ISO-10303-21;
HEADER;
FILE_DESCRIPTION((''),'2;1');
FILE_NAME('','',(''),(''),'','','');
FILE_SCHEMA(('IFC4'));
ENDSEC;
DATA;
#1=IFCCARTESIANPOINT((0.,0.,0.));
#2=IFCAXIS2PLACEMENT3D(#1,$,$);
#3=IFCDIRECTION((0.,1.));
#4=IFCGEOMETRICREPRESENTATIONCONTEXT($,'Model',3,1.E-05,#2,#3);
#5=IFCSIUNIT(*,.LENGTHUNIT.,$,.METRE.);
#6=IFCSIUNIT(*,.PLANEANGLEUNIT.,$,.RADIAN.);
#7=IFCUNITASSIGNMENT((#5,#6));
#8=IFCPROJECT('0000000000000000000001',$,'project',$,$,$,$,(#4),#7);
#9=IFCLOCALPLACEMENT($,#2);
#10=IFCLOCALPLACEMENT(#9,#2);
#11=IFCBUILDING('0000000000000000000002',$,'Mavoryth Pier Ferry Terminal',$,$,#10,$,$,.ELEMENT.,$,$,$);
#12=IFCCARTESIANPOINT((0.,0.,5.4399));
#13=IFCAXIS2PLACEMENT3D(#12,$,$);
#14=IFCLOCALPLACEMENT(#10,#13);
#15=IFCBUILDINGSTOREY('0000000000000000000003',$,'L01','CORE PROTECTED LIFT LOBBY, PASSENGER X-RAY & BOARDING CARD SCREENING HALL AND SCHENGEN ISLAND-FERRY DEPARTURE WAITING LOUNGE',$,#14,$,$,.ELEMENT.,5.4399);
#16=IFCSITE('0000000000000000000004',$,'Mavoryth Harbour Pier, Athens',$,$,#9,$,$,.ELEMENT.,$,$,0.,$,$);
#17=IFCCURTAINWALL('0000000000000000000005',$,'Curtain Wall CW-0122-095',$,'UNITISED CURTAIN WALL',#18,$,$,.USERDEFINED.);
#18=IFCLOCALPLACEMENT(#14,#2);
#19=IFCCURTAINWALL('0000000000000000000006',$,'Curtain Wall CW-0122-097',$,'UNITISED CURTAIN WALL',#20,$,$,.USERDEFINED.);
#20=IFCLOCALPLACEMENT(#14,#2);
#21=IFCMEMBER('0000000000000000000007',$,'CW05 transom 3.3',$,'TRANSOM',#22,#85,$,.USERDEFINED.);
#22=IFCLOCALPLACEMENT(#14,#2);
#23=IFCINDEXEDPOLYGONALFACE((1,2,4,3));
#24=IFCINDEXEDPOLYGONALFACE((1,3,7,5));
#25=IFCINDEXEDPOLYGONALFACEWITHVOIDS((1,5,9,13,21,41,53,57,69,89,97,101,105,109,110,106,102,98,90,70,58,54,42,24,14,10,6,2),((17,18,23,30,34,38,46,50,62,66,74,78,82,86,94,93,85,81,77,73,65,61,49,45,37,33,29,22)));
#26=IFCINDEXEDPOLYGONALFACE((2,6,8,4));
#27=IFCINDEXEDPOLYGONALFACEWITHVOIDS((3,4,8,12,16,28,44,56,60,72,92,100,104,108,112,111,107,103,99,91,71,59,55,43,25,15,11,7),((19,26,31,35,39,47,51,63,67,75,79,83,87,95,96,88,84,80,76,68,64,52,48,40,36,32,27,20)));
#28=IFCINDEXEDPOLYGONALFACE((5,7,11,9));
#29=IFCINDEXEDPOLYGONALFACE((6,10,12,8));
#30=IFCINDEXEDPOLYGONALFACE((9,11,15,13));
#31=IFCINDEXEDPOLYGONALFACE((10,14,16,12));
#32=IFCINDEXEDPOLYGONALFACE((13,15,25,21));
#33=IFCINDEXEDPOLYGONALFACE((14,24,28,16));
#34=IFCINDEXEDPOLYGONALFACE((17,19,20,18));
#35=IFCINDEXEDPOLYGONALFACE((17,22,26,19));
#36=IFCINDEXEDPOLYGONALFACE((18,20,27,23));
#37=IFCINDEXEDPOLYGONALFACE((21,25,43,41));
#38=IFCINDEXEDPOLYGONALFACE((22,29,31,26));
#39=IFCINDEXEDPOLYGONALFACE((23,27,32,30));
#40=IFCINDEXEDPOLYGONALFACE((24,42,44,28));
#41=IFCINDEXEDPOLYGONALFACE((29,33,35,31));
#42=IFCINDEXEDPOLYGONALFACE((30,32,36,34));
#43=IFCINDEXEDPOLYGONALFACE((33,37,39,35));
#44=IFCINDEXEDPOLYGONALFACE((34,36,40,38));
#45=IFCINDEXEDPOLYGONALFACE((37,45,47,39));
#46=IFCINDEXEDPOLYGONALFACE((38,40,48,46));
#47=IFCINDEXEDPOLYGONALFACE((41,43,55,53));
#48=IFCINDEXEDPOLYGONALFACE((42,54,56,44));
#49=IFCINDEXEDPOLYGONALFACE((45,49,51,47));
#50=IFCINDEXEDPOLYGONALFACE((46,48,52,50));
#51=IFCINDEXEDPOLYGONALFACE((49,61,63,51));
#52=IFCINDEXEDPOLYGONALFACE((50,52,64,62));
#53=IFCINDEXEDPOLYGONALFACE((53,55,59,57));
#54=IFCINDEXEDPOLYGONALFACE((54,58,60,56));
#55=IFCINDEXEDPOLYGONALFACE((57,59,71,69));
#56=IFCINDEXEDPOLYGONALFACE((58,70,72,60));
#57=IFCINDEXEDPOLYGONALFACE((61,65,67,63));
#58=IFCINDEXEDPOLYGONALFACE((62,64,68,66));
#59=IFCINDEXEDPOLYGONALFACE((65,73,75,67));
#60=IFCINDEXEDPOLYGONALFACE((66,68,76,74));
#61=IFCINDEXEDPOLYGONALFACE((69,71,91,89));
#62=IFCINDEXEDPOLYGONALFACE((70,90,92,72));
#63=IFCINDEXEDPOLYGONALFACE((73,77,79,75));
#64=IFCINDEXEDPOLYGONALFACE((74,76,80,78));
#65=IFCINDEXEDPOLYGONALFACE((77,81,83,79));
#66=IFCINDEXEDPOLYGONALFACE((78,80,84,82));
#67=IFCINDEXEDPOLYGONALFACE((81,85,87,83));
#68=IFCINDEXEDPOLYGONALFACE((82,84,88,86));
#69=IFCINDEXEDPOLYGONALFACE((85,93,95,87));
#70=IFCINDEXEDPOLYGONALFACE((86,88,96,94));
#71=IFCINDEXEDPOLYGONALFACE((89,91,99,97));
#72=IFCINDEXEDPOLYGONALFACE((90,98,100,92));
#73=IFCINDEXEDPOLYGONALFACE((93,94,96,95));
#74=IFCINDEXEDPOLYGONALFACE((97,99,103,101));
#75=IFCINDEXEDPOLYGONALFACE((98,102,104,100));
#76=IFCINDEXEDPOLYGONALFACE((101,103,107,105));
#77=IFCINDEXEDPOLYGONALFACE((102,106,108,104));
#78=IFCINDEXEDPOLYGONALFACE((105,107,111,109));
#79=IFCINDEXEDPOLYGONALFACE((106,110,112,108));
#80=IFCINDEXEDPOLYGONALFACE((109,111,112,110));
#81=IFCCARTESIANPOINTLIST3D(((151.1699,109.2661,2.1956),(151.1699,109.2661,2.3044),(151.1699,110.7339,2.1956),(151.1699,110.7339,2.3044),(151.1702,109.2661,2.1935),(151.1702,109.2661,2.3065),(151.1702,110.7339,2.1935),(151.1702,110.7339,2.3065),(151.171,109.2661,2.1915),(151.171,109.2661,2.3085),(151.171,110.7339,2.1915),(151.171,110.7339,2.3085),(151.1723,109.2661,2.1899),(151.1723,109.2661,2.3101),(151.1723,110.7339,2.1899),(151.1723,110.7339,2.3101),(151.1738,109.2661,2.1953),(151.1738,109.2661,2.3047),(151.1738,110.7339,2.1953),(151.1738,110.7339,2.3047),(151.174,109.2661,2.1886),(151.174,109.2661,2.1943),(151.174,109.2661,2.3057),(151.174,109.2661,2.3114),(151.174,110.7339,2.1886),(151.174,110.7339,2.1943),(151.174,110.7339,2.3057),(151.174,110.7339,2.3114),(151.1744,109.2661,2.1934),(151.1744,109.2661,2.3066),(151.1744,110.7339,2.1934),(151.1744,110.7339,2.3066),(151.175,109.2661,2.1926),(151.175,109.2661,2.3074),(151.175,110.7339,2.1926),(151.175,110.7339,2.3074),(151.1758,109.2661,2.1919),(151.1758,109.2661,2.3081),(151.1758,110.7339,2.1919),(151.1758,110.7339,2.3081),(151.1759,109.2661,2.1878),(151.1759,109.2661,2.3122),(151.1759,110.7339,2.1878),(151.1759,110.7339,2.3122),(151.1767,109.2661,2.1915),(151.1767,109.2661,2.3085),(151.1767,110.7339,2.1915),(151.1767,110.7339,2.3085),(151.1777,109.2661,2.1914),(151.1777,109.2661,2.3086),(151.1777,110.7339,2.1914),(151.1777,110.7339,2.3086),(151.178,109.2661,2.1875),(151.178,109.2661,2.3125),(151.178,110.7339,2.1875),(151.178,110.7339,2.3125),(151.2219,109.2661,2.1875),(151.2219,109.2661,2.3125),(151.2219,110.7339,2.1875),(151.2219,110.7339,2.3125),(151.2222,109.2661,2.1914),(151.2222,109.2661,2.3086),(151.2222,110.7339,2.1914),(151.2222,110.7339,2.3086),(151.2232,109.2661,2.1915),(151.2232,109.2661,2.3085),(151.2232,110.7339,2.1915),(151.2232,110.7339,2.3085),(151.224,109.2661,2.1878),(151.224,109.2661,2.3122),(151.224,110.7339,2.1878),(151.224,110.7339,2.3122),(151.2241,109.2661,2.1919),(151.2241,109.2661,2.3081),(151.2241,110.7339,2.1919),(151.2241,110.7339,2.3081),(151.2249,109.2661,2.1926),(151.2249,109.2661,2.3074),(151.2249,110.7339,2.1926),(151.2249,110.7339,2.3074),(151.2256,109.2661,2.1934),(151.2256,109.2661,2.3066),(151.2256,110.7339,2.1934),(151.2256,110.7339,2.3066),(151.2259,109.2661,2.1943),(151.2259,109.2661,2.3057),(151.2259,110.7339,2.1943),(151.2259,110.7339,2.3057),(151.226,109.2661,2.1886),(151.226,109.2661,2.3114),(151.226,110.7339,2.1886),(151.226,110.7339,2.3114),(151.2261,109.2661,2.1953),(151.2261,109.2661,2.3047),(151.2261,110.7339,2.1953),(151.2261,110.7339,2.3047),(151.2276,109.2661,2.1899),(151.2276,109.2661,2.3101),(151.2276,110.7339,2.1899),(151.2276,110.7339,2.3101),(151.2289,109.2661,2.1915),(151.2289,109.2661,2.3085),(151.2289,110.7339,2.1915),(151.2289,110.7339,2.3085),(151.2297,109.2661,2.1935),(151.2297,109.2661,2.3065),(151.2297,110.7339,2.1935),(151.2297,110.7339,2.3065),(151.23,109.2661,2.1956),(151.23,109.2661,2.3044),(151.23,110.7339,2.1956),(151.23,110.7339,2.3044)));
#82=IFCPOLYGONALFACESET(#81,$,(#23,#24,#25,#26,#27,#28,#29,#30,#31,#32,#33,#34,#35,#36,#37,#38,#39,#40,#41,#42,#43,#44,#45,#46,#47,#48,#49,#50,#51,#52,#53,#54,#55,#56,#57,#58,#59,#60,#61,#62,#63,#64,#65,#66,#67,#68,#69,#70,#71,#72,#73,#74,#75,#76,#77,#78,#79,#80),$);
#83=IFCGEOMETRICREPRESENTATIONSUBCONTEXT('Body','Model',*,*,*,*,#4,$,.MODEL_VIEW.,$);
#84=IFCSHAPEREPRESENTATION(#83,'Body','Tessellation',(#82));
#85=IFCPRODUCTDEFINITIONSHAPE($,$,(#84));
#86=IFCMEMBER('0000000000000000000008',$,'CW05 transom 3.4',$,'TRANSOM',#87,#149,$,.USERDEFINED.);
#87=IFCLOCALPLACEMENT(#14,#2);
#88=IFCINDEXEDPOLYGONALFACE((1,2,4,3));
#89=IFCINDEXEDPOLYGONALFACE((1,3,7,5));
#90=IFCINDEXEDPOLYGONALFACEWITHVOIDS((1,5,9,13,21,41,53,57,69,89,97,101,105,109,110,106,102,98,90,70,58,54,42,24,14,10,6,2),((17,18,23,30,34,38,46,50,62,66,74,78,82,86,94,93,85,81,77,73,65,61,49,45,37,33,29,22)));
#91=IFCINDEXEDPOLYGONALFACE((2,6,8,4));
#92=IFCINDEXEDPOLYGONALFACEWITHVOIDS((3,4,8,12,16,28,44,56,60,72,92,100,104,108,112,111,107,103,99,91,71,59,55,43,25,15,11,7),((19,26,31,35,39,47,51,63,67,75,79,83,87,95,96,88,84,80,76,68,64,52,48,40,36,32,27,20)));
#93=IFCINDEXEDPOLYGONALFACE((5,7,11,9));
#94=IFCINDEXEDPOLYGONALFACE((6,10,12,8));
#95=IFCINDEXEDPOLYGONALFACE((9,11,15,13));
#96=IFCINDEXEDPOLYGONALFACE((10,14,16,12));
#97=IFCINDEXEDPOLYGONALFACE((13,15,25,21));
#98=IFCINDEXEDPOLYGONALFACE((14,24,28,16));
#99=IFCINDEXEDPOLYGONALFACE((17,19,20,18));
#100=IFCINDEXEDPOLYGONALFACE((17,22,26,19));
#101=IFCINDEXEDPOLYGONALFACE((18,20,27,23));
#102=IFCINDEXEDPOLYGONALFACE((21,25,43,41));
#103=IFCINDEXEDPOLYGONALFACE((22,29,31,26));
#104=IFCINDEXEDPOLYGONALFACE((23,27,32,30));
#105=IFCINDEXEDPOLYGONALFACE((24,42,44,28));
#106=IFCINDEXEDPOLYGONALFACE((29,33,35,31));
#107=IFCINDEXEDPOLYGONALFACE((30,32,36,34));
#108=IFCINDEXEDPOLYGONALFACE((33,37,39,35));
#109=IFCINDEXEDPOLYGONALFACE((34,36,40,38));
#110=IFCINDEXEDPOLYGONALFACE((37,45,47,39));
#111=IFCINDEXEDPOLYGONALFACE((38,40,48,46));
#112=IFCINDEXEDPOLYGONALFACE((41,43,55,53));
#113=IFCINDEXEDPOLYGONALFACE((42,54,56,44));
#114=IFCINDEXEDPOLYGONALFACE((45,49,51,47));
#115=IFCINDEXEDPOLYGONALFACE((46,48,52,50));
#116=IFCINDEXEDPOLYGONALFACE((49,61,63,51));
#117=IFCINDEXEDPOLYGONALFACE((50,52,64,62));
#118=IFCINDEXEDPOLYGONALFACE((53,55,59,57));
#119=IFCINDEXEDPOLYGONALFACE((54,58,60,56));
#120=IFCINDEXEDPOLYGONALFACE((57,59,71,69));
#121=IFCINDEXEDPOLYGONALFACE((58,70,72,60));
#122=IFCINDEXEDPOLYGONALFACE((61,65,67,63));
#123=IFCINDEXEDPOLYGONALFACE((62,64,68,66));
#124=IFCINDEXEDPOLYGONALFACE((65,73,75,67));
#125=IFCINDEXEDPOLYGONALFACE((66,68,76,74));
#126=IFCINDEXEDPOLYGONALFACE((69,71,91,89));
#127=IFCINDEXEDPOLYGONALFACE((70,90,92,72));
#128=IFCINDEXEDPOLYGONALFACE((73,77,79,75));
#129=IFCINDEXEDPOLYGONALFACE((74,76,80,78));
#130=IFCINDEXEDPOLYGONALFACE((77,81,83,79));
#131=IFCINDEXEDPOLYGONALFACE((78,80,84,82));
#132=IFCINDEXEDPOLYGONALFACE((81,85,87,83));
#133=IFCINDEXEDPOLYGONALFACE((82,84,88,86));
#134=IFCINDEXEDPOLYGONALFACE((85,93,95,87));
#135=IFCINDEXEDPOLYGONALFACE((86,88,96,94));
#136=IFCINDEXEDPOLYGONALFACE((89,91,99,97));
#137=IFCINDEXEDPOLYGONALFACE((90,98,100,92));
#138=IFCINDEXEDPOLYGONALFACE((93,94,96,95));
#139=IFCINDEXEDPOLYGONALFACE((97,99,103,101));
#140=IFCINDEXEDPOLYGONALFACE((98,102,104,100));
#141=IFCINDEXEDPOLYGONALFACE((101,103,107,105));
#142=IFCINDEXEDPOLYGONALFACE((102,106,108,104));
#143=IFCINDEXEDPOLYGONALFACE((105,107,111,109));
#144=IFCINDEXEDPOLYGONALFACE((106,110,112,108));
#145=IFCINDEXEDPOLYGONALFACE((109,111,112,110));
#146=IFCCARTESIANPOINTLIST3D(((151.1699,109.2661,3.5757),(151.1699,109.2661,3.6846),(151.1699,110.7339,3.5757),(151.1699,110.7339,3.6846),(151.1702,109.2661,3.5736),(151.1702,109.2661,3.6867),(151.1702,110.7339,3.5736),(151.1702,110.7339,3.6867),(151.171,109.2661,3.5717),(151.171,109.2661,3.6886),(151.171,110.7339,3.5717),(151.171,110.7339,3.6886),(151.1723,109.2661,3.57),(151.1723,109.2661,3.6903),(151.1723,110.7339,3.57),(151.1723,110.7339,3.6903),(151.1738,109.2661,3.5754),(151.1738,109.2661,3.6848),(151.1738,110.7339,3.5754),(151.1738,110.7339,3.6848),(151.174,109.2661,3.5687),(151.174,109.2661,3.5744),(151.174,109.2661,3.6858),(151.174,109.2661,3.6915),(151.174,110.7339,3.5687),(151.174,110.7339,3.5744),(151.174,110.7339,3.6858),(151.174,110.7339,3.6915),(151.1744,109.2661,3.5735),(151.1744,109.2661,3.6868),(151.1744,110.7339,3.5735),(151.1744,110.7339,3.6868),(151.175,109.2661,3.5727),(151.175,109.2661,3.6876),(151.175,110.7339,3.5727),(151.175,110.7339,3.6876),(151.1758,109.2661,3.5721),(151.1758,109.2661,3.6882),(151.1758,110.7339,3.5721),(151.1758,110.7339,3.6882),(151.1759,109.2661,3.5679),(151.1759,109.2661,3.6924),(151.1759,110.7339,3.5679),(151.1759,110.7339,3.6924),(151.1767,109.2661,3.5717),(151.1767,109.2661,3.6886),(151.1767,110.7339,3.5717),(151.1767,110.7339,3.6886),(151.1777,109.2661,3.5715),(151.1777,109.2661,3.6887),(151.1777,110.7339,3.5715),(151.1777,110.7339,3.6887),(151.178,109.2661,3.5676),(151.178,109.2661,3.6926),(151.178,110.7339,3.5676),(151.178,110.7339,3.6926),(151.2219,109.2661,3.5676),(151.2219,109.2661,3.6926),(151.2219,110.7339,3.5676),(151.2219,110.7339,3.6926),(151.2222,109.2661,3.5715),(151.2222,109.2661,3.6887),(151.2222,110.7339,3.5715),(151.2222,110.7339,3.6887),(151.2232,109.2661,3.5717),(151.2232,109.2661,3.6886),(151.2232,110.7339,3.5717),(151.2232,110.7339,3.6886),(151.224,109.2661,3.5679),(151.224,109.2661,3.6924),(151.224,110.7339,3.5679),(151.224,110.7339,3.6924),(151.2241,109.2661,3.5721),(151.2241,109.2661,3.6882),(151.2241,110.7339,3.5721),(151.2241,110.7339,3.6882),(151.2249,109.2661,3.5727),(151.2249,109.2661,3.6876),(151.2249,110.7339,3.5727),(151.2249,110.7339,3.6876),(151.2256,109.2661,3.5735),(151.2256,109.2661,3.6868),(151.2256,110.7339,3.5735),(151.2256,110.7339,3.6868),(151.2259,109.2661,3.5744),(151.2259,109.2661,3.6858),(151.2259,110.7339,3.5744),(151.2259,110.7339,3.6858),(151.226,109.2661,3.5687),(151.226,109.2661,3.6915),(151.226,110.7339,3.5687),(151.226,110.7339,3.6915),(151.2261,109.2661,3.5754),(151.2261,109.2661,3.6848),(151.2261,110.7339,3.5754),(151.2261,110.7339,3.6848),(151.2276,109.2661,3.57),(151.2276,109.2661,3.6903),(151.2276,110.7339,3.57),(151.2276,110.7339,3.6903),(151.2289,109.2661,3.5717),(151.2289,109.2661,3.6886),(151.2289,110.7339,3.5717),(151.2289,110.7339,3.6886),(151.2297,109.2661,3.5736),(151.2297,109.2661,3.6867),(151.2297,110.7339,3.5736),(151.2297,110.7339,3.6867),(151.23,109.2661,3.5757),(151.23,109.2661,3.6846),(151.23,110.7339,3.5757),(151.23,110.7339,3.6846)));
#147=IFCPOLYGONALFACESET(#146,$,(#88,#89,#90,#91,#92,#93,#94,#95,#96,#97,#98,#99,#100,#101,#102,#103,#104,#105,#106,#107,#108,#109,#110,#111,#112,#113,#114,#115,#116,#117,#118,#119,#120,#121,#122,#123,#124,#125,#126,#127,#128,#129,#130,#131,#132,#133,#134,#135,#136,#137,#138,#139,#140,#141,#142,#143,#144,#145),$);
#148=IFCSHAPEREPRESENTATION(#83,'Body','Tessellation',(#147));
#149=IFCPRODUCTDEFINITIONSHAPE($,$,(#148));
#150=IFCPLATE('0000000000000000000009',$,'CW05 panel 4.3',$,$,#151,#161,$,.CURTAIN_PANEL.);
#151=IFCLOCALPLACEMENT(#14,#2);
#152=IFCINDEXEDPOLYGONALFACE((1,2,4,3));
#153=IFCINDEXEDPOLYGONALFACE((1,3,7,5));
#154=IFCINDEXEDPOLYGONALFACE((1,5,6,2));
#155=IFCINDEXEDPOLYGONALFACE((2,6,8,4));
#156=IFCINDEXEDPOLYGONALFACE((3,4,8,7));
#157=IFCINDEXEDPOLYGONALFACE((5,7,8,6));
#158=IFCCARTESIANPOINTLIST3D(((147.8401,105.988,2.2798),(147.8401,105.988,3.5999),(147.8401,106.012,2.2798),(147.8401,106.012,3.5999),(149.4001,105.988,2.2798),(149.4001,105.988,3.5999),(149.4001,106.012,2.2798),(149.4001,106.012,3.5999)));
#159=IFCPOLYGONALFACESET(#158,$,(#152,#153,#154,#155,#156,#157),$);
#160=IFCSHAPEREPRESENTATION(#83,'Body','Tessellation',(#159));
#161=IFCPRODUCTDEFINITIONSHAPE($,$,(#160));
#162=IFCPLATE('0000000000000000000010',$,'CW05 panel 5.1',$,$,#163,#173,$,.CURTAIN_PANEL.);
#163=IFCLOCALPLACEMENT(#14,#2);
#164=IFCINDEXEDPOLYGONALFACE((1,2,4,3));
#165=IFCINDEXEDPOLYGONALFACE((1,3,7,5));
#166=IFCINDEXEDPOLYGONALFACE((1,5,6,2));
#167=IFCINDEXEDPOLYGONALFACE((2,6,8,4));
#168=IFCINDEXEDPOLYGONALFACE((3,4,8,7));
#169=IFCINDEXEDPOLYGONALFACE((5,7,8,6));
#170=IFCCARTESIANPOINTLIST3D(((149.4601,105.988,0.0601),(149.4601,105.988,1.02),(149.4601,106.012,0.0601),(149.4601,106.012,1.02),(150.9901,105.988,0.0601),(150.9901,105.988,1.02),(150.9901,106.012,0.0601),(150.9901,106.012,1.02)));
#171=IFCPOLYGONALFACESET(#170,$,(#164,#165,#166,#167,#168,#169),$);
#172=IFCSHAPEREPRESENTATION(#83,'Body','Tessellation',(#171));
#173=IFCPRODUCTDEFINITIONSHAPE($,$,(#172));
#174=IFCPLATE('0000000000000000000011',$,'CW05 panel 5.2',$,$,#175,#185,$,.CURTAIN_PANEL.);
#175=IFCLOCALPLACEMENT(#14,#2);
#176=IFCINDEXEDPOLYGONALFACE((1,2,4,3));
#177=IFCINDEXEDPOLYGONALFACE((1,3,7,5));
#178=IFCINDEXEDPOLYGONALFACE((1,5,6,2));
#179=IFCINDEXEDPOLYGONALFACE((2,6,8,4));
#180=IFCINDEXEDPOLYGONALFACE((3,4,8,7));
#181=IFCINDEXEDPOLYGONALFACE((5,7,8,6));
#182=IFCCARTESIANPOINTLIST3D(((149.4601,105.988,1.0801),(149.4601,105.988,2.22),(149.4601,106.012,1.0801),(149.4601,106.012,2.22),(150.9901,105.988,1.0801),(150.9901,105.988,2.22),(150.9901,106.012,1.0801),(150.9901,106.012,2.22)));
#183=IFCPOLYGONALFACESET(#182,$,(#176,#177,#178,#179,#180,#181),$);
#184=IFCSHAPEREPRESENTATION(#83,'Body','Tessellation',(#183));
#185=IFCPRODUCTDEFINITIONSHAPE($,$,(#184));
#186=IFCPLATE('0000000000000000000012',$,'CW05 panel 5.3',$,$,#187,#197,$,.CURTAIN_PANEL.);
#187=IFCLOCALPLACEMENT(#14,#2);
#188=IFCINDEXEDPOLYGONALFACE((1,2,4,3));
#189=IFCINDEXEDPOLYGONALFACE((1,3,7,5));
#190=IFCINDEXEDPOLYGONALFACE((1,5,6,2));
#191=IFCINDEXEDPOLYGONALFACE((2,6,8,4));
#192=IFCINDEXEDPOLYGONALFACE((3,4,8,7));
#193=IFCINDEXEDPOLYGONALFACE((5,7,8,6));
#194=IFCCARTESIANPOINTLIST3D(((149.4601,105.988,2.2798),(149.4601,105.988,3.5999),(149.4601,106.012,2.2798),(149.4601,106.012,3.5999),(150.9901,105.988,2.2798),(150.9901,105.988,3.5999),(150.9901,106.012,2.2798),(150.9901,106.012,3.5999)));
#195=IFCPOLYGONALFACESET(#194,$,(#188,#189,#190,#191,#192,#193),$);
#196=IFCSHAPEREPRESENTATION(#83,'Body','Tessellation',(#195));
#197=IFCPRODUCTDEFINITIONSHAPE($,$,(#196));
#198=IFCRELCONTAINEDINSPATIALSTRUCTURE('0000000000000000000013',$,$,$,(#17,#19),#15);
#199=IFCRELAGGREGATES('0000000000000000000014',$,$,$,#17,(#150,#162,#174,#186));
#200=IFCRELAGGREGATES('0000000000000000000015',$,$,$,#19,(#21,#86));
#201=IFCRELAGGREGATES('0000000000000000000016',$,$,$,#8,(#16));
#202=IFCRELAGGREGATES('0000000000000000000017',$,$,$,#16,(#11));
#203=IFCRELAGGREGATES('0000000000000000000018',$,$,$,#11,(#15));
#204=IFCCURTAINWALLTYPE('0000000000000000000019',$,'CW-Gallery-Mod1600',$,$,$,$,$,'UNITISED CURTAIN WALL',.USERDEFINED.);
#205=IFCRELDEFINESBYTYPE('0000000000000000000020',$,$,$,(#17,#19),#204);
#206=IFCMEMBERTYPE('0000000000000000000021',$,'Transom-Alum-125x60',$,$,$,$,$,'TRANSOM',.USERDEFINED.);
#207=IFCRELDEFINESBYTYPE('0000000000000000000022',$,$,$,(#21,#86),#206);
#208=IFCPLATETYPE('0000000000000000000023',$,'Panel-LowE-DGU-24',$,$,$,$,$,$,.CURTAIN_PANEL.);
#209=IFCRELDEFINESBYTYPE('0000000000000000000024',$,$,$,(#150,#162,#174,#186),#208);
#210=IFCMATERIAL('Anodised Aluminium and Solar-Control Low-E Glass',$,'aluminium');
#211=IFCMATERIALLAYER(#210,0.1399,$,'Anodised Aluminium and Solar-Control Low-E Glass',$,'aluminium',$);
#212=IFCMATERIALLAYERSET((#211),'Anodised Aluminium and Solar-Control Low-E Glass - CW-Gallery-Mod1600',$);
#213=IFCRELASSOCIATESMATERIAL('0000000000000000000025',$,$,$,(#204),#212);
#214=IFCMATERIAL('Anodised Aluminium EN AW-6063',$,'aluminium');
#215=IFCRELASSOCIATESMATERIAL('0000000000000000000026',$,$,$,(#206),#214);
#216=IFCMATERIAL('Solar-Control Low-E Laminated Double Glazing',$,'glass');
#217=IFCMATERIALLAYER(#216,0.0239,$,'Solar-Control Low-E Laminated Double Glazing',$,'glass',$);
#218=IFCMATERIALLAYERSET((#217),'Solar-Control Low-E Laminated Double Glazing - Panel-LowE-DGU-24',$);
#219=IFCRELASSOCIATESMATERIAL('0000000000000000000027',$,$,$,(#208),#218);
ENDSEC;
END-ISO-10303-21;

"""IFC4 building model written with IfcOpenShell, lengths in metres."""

from ifc_helpers import new_model, si_unit, direction, frame, origin, origin_2d, place, context, subcontext, project, spatial, rectangle, hollow_rectangle, extrude, material, layer, layer_set, material_profile, profile_set, type_object, element, aggregate, save


model = new_model("IFC4")

# Units and contexts
model_context = context("Model", 3, precision=1e-05, world=origin(), true_north=direction((0.0, 1.0)))
body_context = subcontext(model_context, "Body", "Model", "MODEL_VIEW")
ifc_project = project(units=[si_unit("LENGTHUNIT", "METRE"), si_unit("PLANEANGLEUNIT", "RADIAN")], contexts=[model_context])

# Site, building, storey
site_placement = place(None, origin())
site = spatial("IfcSite", under=ifc_project, at=site_placement, Name="Mavoryth Harbour Pier, Athens", CompositionType="ELEMENT", RefElevation=0.0)
building_placement = place(site_placement, origin())
building = spatial("IfcBuilding", under=site, at=building_placement, Name="Mavoryth Pier Ferry Terminal", CompositionType="ELEMENT")
storey_placement = place(building_placement, frame((0.0, 0.0, 5.4399)))
storey = spatial("IfcBuildingStorey", under=building, at=storey_placement, Name="L01", Description="CORE PROTECTED LIFT LOBBY, PASSENGER X-RAY & BOARDING CARD SCREENING HALL AND SCHENGEN ISLAND-FERRY DEPARTURE WAITING LOUNGE", CompositionType="ELEMENT", Elevation=5.4399)

# Curtain walls
ifc_material_1 = material(Name="Anodised Aluminium and Solar-Control Low-E Glass", Category="aluminium")
ifc_layer_1 = layer(ifc_material_1, 0.1399, Name="Anodised Aluminium and Solar-Control Low-E Glass", Category="aluminium")
ifc_layer_set_1 = layer_set([ifc_layer_1], Name="Anodised Aluminium and Solar-Control Low-E Glass - CW-Gallery-Mod1600")
curtain_wall_type = type_object("IfcCurtainWallType", Name="CW-Gallery-Mod1600", ElementType="UNITISED CURTAIN WALL", PredefinedType="USERDEFINED", material=ifc_layer_set_1)
curtain_wall_1_placement = place(storey_placement, origin())
curtain_wall_1 = element("IfcCurtainWall", 1, at=curtain_wall_1_placement, inside=storey, type_object=curtain_wall_type, Name="Curtain Wall CW-0122-095", ObjectType="UNITISED CURTAIN WALL", PredefinedType="USERDEFINED")
ifc_material_2 = material(Name="Anodised Aluminium EN AW-6063", Category="aluminium")
curtain_wall_2_placement = place(storey_placement, origin())
curtain_wall_2 = element("IfcCurtainWall", 2, at=curtain_wall_2_placement, inside=storey, type_object=curtain_wall_type, Name="Curtain Wall CW-0122-097", ObjectType="UNITISED CURTAIN WALL", PredefinedType="USERDEFINED")

# Members
ifc_material_profile_1 = material_profile(ifc_material_2, hollow_rectangle(XDim=0.0601, YDim=0.125, WallThickness=0.0039, InnerFilletRadius=0.0039, OuterFilletRadius=0.0081, at=origin_2d()), Name="AL-TRAN 125x60x4", Category="aluminium")
ifc_profile_set_1 = profile_set([ifc_material_profile_1], Name="Anodised Aluminium EN AW-6063 - AL-TRAN 125x60x4")
member_type_1 = type_object("IfcMemberType", Name="Transom-Alum-125x60", ElementType="TRANSOM", PredefinedType="USERDEFINED", material=ifc_profile_set_1)
member_1_placement = place(storey_placement, frame((151.2, 109.2661, 2.25), z_axis=(0.0, 1.0, 0.0), x_axis=(-1.0, 0.0, 0.0)))
member_1 = element("IfcMember", 3, at=member_1_placement, type_object=member_type_1, Name="CW05 transom 3.3", ObjectType="TRANSOM", PredefinedType="USERDEFINED", context=body_context, shape_type="SweptSolid", body=[
    extrude(hollow_rectangle(XDim=0.0601, YDim=0.125, WallThickness=0.0039, InnerFilletRadius=0.0039, OuterFilletRadius=0.0081, at=origin_2d()), origin(), (0.0, 0.0, 1.0), 1.4678),
])
member_2_placement = place(storey_placement, frame((151.2, 109.2661, 3.6301), z_axis=(0.0, 1.0, 0.0), x_axis=(-1.0, 0.0, 0.0)))
member_2 = element("IfcMember", 4, at=member_2_placement, type_object=member_type_1, Name="CW05 transom 3.4", ObjectType="TRANSOM", PredefinedType="USERDEFINED", context=body_context, shape_type="SweptSolid", body=[
    extrude(hollow_rectangle(XDim=0.0601, YDim=0.125, WallThickness=0.0039, InnerFilletRadius=0.0039, OuterFilletRadius=0.0081, at=origin_2d()), origin(), (0.0, 0.0, 1.0), 1.4678),
])

# Plates
ifc_material_3 = material(Name="Solar-Control Low-E Laminated Double Glazing", Category="glass")
ifc_layer_2 = layer(ifc_material_3, 0.0239, Name="Solar-Control Low-E Laminated Double Glazing", Category="glass")
ifc_layer_set_2 = layer_set([ifc_layer_2], Name="Solar-Control Low-E Laminated Double Glazing - Panel-LowE-DGU-24")
plate_type_1 = type_object("IfcPlateType", Name="Panel-LowE-DGU-24", PredefinedType="CURTAIN_PANEL", material=ifc_layer_set_2)
plate_1_placement = place(storey_placement, frame((148.6201, 106.0, 2.2798), z_axis=(0.0, 0.0, 1.0), x_axis=(1.0, 0.0, 0.0)))
plate_1 = element("IfcPlate", 5, at=plate_1_placement, type_object=plate_type_1, Name="CW05 panel 4.3", PredefinedType="CURTAIN_PANEL", context=body_context, shape_type="SweptSolid", body=[
    extrude(rectangle(XDim=1.5601, YDim=0.0239, at=origin_2d()), origin(), (0.0, 0.0, 1.0), 1.3201),
])
plate_2_placement = place(storey_placement, frame((150.2251, 106.0, 0.0601), z_axis=(0.0, 0.0, 1.0), x_axis=(1.0, 0.0, 0.0)))
plate_2 = element("IfcPlate", 6, at=plate_2_placement, type_object=plate_type_1, Name="CW05 panel 5.1", PredefinedType="CURTAIN_PANEL", context=body_context, shape_type="SweptSolid", body=[
    extrude(rectangle(XDim=1.53, YDim=0.0239, at=origin_2d()), origin(), (0.0, 0.0, 1.0), 0.96),
])
plate_3_placement = place(storey_placement, frame((150.2251, 106.0, 1.0801), z_axis=(0.0, 0.0, 1.0), x_axis=(1.0, 0.0, 0.0)))
plate_3 = element("IfcPlate", 7, at=plate_3_placement, type_object=plate_type_1, Name="CW05 panel 5.2", PredefinedType="CURTAIN_PANEL", context=body_context, shape_type="SweptSolid", body=[
    extrude(rectangle(XDim=1.53, YDim=0.0239, at=origin_2d()), origin(), (0.0, 0.0, 1.0), 1.1399),
])
plate_4_placement = place(storey_placement, frame((150.2251, 106.0, 2.2798), z_axis=(0.0, 0.0, 1.0), x_axis=(1.0, 0.0, 0.0)))
plate_4 = element("IfcPlate", 8, at=plate_4_placement, type_object=plate_type_1, Name="CW05 panel 5.3", PredefinedType="CURTAIN_PANEL", context=body_context, shape_type="SweptSolid", body=[
    extrude(rectangle(XDim=1.53, YDim=0.0239, at=origin_2d()), origin(), (0.0, 0.0, 1.0), 1.3201),
])
aggregate(curtain_wall_1, [plate_1, plate_2, plate_3, plate_4])
aggregate(curtain_wall_2, [member_1, member_2])

save(model, "model.ifc")
